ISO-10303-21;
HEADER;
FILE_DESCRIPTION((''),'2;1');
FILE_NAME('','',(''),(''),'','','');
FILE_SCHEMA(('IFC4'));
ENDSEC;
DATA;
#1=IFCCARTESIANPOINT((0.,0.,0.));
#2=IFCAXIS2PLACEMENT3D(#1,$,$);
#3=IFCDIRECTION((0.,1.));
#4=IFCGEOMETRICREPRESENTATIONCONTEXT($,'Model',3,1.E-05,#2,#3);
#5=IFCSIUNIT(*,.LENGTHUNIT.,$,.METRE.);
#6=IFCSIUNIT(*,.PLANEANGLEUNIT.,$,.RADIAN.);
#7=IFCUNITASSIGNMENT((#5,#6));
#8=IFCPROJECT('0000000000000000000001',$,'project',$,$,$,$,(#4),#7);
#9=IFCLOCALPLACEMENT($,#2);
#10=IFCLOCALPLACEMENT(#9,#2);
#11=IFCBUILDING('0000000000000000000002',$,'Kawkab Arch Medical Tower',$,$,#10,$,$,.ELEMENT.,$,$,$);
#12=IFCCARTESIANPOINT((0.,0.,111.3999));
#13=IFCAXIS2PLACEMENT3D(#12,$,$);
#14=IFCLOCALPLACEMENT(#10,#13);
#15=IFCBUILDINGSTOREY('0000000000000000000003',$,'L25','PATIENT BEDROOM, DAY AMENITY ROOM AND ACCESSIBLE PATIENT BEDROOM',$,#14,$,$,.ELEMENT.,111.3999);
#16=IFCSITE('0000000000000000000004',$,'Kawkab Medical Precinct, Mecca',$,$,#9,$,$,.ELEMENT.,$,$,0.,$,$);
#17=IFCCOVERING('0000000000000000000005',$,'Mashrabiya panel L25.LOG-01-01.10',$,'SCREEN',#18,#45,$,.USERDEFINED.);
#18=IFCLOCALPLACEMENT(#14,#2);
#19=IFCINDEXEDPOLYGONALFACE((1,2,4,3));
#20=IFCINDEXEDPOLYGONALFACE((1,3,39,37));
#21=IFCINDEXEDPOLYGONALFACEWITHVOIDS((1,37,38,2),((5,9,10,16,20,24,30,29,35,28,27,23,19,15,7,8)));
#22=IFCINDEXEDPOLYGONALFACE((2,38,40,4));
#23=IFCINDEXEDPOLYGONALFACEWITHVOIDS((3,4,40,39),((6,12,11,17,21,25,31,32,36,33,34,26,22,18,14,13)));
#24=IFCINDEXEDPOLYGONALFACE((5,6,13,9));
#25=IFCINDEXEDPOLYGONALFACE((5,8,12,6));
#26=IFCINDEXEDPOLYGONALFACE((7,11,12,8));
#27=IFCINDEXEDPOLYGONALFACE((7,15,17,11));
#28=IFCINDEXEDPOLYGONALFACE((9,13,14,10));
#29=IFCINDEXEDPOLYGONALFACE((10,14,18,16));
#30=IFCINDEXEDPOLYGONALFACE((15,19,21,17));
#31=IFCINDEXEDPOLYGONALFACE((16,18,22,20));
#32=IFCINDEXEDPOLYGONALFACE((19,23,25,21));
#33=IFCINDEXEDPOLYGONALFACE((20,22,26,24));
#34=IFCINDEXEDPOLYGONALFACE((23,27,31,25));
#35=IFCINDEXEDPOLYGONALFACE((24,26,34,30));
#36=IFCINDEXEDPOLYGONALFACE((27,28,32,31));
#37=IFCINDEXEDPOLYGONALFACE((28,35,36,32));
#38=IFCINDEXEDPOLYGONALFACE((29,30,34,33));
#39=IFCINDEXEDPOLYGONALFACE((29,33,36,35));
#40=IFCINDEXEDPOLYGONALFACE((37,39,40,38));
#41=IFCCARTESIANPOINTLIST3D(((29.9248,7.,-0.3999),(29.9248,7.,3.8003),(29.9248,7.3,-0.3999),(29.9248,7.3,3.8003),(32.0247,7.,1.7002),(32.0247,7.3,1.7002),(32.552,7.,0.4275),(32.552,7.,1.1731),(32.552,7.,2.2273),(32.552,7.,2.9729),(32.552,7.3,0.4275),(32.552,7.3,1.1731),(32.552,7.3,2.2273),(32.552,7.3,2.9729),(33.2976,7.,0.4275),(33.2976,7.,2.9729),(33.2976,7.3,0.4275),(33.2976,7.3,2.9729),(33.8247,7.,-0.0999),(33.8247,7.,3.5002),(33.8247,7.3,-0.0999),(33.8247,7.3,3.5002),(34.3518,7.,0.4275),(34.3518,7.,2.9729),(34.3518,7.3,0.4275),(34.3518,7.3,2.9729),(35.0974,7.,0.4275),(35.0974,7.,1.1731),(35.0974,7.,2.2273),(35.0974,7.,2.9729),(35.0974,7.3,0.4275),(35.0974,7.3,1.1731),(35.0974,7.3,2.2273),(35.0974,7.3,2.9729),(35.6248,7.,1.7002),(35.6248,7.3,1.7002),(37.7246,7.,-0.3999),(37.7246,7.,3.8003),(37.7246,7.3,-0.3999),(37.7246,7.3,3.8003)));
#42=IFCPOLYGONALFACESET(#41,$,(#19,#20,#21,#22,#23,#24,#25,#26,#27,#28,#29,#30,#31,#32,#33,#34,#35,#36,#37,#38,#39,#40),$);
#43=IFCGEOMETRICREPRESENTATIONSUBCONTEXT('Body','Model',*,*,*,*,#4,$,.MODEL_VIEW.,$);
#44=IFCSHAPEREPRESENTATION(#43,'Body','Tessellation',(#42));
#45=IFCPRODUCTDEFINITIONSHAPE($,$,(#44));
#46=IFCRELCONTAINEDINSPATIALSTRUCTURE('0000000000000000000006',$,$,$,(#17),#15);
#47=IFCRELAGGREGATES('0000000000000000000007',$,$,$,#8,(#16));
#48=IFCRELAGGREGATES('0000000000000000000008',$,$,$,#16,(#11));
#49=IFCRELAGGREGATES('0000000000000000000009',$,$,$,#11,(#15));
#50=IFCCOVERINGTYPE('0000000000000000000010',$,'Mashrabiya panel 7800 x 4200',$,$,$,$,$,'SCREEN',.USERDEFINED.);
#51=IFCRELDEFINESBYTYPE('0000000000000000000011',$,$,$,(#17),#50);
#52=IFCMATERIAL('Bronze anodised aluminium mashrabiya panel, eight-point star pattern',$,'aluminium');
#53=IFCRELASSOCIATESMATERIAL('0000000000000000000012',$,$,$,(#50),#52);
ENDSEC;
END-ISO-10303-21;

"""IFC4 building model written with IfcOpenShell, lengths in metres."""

from ifc_helpers import new_model, si_unit, direction, frame, origin, place, context, subcontext, project, spatial, polyline, outline, extrude, material, material_profile, profile_set, type_object, element, save


model = new_model("IFC4")

# Units and contexts
model_context = context("Model", 3, precision=1e-05, world=origin(), true_north=direction((0.0, 1.0)))
body_context = subcontext(model_context, "Body", "Model", "MODEL_VIEW")
ifc_project = project(units=[si_unit("LENGTHUNIT", "METRE"), si_unit("PLANEANGLEUNIT", "RADIAN")], contexts=[model_context])

# Site, building, storey
site_placement = place(None, origin())
site = spatial("IfcSite", under=ifc_project, at=site_placement, Name="Kawkab Medical Precinct, Mecca", CompositionType="ELEMENT", RefElevation=0.0)
building_placement = place(site_placement, origin())
building = spatial("IfcBuilding", under=site, at=building_placement, Name="Kawkab Arch Medical Tower", CompositionType="ELEMENT")
storey_placement = place(building_placement, frame((0.0, 0.0, 111.3999)))
storey = spatial("IfcBuildingStorey", under=building, at=storey_placement, Name="L25", Description="PATIENT BEDROOM, DAY AMENITY ROOM AND ACCESSIBLE PATIENT BEDROOM", CompositionType="ELEMENT", Elevation=111.3999)

# Covering
ifc_material_1 = material(Name="Bronze anodised aluminium mashrabiya panel, eight-point star pattern", Category="aluminium")
ifc_material_profile_1 = material_profile(ifc_material_1, outline(polyline([(-3.8999, -2.1001), (3.8999, -2.1001), (3.8999, 2.1001), (-3.8999, 2.1001), (-3.8999, -2.1001)]), holes=[polyline([(1.8, 0.0), (1.2727, 0.5271), (1.2727, 1.2727), (0.5271, 1.2727), (0.0, 1.8), (-0.5271, 1.2727), (-1.2727, 1.2727), (-1.2727, 0.5271), (-1.8, 0.0), (-1.2727, -0.5271), (-1.2727, -1.2727), (-0.5271, -1.2727), (0.0, -1.8), (0.5271, -1.2727), (1.2727, -1.2727), (1.2727, -0.5271), (1.8, 0.0)])]), Name="Mashrabiya panel 7800x4200")
ifc_profile_set_1 = profile_set([ifc_material_profile_1], Name="Bronze anodised aluminium mashrabiya panel, eight-point star pattern")
covering_type = type_object("IfcCoveringType", Name="Mashrabiya panel 7800 x 4200", ElementType="SCREEN", PredefinedType="USERDEFINED", material=ifc_profile_set_1)
covering_placement = place(storey_placement, frame((33.8247, 7.0, 1.7002), z_axis=(0.0, 1.0, 0.0), x_axis=(-1.0, 0.0, 0.0)))
element("IfcCovering", 1, at=covering_placement, inside=storey, type_object=covering_type, Name="Mashrabiya panel L25.LOG-01-01.10", ObjectType="SCREEN", PredefinedType="USERDEFINED", context=body_context, shape_type="SweptSolid", body=[
    extrude(outline(polyline([(-3.8999, -2.1001), (3.8999, -2.1001), (3.8999, 2.1001), (-3.8999, 2.1001), (-3.8999, -2.1001)]), holes=[polyline([(1.8, 0.0), (1.2727, 0.5271), (1.2727, 1.2727), (0.5271, 1.2727), (0.0, 1.8), (-0.5271, 1.2727), (-1.2727, 1.2727), (-1.2727, 0.5271), (-1.8, 0.0), (-1.2727, -0.5271), (-1.2727, -1.2727), (-0.5271, -1.2727), (0.0, -1.8), (0.5271, -1.2727), (1.2727, -1.2727), (1.2727, -0.5271), (1.8, 0.0)])]), origin(), (0.0, 0.0, 1.0), 0.3),
])

save(model, "model.ifc")
